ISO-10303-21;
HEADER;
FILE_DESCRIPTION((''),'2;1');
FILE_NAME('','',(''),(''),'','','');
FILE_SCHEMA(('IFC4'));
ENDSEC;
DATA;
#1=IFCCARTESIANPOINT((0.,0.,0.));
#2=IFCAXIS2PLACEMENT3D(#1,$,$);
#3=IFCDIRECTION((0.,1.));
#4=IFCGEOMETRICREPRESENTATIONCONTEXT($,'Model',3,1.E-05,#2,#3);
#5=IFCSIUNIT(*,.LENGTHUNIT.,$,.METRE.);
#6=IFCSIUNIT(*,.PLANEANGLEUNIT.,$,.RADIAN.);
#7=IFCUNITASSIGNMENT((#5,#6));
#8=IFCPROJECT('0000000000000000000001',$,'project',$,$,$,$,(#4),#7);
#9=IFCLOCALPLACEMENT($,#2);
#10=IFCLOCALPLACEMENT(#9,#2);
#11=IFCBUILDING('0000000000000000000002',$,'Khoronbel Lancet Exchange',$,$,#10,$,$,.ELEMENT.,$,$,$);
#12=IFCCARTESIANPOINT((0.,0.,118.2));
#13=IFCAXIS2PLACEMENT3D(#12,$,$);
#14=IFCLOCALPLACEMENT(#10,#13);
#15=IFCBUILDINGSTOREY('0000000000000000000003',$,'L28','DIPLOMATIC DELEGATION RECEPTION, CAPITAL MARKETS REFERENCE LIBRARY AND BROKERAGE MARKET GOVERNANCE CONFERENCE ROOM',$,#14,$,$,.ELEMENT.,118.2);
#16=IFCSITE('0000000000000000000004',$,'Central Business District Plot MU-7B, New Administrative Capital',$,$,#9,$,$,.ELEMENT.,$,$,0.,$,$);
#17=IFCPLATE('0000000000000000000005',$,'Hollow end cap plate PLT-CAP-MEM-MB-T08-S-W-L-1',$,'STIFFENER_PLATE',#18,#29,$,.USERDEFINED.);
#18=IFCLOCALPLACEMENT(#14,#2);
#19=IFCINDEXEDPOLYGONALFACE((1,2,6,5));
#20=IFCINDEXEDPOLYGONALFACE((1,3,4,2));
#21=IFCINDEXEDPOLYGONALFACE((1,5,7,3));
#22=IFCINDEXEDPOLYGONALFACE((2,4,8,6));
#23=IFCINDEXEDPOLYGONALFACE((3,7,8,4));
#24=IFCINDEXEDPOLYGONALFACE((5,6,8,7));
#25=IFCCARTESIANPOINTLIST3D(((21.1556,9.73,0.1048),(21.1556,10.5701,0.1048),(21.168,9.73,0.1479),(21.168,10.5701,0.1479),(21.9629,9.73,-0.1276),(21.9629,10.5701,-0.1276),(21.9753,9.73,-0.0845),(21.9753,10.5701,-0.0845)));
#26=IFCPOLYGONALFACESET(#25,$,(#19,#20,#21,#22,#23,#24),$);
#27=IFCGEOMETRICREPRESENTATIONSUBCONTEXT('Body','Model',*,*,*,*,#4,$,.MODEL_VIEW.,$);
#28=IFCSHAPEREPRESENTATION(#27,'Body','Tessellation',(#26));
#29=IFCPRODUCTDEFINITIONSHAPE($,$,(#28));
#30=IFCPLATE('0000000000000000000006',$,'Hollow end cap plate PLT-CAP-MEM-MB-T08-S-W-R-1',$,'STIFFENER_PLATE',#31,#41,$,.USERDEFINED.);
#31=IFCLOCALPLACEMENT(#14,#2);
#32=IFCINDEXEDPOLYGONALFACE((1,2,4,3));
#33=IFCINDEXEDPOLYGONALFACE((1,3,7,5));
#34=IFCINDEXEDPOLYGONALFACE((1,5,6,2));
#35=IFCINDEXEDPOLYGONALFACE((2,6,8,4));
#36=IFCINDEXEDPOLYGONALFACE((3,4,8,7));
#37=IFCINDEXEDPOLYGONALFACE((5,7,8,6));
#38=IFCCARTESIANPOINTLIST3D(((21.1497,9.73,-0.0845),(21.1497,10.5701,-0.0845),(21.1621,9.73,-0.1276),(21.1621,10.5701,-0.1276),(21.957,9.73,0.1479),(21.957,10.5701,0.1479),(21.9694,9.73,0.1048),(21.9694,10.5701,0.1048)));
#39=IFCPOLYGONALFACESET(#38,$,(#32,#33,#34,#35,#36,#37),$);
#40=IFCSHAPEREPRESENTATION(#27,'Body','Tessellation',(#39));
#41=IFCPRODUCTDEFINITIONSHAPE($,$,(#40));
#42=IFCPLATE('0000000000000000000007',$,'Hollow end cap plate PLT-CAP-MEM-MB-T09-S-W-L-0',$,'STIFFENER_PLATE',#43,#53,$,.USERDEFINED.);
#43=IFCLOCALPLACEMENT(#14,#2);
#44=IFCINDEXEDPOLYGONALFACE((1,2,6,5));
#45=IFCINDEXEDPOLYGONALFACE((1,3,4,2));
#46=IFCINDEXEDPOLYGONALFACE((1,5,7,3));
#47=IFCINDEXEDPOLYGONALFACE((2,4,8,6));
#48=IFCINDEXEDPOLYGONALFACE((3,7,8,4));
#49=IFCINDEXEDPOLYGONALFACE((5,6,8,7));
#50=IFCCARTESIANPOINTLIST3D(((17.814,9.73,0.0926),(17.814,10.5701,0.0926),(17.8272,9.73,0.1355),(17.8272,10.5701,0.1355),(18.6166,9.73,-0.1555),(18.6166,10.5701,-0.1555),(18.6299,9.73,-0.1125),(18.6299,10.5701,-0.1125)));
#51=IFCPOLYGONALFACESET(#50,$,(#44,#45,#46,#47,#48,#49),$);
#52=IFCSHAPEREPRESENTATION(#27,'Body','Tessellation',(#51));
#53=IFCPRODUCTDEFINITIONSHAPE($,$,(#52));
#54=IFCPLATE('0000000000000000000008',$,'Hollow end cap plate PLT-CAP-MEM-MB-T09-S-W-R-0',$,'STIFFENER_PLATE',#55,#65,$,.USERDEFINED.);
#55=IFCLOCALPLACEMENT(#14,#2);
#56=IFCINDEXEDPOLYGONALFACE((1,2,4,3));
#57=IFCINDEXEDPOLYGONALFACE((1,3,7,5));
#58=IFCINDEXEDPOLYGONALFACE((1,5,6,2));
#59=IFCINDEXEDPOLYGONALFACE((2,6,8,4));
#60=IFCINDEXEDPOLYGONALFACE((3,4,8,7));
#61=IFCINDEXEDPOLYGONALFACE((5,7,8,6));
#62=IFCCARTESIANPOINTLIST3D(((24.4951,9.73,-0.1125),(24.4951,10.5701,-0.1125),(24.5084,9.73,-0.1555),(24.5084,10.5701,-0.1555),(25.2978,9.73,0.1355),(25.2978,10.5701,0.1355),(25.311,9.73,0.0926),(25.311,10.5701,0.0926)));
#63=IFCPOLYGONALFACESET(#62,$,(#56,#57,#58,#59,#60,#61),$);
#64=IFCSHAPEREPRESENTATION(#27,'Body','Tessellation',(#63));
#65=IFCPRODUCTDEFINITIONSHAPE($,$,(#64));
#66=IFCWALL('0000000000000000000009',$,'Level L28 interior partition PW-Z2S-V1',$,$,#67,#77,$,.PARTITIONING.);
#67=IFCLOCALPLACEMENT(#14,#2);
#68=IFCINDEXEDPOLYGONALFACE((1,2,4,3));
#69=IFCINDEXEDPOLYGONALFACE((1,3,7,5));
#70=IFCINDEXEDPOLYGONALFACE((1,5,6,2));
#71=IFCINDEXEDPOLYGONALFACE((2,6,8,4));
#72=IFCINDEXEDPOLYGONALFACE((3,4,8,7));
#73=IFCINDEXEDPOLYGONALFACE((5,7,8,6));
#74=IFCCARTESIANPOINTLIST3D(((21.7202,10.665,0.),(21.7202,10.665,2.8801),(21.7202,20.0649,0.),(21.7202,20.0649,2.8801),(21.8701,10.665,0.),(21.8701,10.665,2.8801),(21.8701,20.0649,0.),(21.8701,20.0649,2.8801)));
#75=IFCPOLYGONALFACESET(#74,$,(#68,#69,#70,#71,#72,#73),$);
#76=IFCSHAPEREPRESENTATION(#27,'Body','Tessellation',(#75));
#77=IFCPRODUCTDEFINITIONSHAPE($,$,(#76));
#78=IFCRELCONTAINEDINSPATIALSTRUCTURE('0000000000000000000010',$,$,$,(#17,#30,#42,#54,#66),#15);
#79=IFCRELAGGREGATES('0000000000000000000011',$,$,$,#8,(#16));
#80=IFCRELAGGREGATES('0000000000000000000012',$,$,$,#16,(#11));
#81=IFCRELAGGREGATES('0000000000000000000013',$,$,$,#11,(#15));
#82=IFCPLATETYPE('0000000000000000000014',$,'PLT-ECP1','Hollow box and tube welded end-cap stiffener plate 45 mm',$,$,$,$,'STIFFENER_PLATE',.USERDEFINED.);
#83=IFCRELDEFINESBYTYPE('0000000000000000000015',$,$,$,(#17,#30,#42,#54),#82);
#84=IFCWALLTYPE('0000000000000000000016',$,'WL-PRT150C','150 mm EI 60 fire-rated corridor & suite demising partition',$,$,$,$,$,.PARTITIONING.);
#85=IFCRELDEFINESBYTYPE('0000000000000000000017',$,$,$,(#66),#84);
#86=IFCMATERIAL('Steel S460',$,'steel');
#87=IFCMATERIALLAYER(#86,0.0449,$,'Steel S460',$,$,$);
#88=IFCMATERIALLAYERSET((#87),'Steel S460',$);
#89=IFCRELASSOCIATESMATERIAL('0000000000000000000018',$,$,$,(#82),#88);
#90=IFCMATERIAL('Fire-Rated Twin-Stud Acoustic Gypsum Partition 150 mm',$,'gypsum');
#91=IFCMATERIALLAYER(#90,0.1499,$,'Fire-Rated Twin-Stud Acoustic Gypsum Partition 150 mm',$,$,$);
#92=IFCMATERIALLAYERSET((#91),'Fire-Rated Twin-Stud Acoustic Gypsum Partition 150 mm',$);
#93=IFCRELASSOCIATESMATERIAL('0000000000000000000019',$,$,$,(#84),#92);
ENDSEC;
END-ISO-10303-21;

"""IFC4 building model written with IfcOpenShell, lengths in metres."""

from ifc_helpers import new_model, si_unit, direction, frame, frame_2d, origin, place, context, subcontext, project, spatial, polyline, rectangle, outline, extrude, material, layer, layer_set, type_object, element, save


model = new_model("IFC4")

# Units and contexts
model_context = context("Model", 3, precision=1e-05, world=origin(), true_north=direction((0.0, 1.0)))
body_context = subcontext(model_context, "Body", "Model", "MODEL_VIEW")
ifc_project = project(units=[si_unit("LENGTHUNIT", "METRE"), si_unit("PLANEANGLEUNIT", "RADIAN")], contexts=[model_context])

# Site, building, storey
site_placement = place(None, origin())
site = spatial("IfcSite", under=ifc_project, at=site_placement, Name="Central Business District Plot MU-7B, New Administrative Capital", CompositionType="ELEMENT", RefElevation=0.0)
building_placement = place(site_placement, origin())
building = spatial("IfcBuilding", under=site, at=building_placement, Name="Khoronbel Lancet Exchange", CompositionType="ELEMENT")
storey_placement = place(building_placement, frame((0.0, 0.0, 118.2)))
storey = spatial("IfcBuildingStorey", under=building, at=storey_placement, Name="L28", Description="DIPLOMATIC DELEGATION RECEPTION, CAPITAL MARKETS REFERENCE LIBRARY AND BROKERAGE MARKET GOVERNANCE CONFERENCE ROOM", CompositionType="ELEMENT", Elevation=118.2)

# Shared definitions
ifc_material_1 = material(Name="Steel S460", Category="steel")

# Plates
ifc_layer_1 = layer(ifc_material_1, 0.0449, Name="Steel S460")
ifc_layer_set_1 = layer_set([ifc_layer_1], Name="Steel S460")
plate_type_1 = type_object("IfcPlateType", Name="PLT-ECP1", Description="Hollow box and tube welded end-cap stiffener plate 45 mm", ElementType="STIFFENER_PLATE", PredefinedType="USERDEFINED", material=ifc_layer_set_1)
for number, where, z_axis, x_axis, name in (
    (1, (21.9753, 9.73, -0.0845), (0.27664, 0.0, 0.960974), (0.0, 1.0, 0.0), "Hollow end cap plate PLT-CAP-MEM-MB-T08-S-W-L-1"),
    (2, (21.1497, 10.5701, -0.0845), (-0.27664, 0.0, 0.960974), (0.0, -1.0, 0.0), "Hollow end cap plate PLT-CAP-MEM-MB-T08-S-W-R-1"),
    (3, (18.6299, 9.73, -0.1125), (0.295229, 0.0, 0.955426), (0.0, 1.0, 0.0), "Hollow end cap plate PLT-CAP-MEM-MB-T09-S-W-L-0"),
    (4, (24.4951, 10.5701, -0.1125), (-0.295229, 0.0, 0.955426), (0.0, -1.0, 0.0), "Hollow end cap plate PLT-CAP-MEM-MB-T09-S-W-R-0"),
):
    element("IfcPlate", number, at=place(storey_placement, frame(where, z_axis=z_axis, x_axis=x_axis)), inside=storey, type_object=plate_type_1, Name=name, ObjectType="STIFFENER_PLATE", PredefinedType="USERDEFINED", context=body_context, shape_type="SweptSolid", body=[
        extrude(outline(polyline([(0.0, 0.0), (0.8401, 0.0), (0.8401, 0.8401), (0.0, 0.8401), (0.0, 0.0)])), origin(), (0.0, 0.0, -1.0), 0.0449),
    ])

# Wall
ifc_material_2 = material(Name="Fire-Rated Twin-Stud Acoustic Gypsum Partition 150 mm", Category="gypsum")
ifc_layer_2 = layer(ifc_material_2, 0.1499, Name="Fire-Rated Twin-Stud Acoustic Gypsum Partition 150 mm")
ifc_layer_set_2 = layer_set([ifc_layer_2], Name="Fire-Rated Twin-Stud Acoustic Gypsum Partition 150 mm")
wall_type = type_object("IfcWallType", Name="WL-PRT150C", Description="150 mm EI 60 fire-rated corridor & suite demising partition", PredefinedType="PARTITIONING", material=ifc_layer_set_2)
wall_placement = place(storey_placement, frame((21.7952, 10.665, 0.0), z_axis=(0.0, 0.0, 1.0), x_axis=(0.0, 1.0, 0.0)))
element("IfcWall", 5, at=wall_placement, inside=storey, type_object=wall_type, Name="Level L28 interior partition PW-Z2S-V1", PredefinedType="PARTITIONING", context=body_context, shape_type="SweptSolid", body=[
    extrude(rectangle(XDim=9.3999, YDim=0.1499, at=frame_2d((4.7, 0.0))), origin(), (0.0, 0.0, 1.0), 2.8801),
])

save(model, "model.ifc")
